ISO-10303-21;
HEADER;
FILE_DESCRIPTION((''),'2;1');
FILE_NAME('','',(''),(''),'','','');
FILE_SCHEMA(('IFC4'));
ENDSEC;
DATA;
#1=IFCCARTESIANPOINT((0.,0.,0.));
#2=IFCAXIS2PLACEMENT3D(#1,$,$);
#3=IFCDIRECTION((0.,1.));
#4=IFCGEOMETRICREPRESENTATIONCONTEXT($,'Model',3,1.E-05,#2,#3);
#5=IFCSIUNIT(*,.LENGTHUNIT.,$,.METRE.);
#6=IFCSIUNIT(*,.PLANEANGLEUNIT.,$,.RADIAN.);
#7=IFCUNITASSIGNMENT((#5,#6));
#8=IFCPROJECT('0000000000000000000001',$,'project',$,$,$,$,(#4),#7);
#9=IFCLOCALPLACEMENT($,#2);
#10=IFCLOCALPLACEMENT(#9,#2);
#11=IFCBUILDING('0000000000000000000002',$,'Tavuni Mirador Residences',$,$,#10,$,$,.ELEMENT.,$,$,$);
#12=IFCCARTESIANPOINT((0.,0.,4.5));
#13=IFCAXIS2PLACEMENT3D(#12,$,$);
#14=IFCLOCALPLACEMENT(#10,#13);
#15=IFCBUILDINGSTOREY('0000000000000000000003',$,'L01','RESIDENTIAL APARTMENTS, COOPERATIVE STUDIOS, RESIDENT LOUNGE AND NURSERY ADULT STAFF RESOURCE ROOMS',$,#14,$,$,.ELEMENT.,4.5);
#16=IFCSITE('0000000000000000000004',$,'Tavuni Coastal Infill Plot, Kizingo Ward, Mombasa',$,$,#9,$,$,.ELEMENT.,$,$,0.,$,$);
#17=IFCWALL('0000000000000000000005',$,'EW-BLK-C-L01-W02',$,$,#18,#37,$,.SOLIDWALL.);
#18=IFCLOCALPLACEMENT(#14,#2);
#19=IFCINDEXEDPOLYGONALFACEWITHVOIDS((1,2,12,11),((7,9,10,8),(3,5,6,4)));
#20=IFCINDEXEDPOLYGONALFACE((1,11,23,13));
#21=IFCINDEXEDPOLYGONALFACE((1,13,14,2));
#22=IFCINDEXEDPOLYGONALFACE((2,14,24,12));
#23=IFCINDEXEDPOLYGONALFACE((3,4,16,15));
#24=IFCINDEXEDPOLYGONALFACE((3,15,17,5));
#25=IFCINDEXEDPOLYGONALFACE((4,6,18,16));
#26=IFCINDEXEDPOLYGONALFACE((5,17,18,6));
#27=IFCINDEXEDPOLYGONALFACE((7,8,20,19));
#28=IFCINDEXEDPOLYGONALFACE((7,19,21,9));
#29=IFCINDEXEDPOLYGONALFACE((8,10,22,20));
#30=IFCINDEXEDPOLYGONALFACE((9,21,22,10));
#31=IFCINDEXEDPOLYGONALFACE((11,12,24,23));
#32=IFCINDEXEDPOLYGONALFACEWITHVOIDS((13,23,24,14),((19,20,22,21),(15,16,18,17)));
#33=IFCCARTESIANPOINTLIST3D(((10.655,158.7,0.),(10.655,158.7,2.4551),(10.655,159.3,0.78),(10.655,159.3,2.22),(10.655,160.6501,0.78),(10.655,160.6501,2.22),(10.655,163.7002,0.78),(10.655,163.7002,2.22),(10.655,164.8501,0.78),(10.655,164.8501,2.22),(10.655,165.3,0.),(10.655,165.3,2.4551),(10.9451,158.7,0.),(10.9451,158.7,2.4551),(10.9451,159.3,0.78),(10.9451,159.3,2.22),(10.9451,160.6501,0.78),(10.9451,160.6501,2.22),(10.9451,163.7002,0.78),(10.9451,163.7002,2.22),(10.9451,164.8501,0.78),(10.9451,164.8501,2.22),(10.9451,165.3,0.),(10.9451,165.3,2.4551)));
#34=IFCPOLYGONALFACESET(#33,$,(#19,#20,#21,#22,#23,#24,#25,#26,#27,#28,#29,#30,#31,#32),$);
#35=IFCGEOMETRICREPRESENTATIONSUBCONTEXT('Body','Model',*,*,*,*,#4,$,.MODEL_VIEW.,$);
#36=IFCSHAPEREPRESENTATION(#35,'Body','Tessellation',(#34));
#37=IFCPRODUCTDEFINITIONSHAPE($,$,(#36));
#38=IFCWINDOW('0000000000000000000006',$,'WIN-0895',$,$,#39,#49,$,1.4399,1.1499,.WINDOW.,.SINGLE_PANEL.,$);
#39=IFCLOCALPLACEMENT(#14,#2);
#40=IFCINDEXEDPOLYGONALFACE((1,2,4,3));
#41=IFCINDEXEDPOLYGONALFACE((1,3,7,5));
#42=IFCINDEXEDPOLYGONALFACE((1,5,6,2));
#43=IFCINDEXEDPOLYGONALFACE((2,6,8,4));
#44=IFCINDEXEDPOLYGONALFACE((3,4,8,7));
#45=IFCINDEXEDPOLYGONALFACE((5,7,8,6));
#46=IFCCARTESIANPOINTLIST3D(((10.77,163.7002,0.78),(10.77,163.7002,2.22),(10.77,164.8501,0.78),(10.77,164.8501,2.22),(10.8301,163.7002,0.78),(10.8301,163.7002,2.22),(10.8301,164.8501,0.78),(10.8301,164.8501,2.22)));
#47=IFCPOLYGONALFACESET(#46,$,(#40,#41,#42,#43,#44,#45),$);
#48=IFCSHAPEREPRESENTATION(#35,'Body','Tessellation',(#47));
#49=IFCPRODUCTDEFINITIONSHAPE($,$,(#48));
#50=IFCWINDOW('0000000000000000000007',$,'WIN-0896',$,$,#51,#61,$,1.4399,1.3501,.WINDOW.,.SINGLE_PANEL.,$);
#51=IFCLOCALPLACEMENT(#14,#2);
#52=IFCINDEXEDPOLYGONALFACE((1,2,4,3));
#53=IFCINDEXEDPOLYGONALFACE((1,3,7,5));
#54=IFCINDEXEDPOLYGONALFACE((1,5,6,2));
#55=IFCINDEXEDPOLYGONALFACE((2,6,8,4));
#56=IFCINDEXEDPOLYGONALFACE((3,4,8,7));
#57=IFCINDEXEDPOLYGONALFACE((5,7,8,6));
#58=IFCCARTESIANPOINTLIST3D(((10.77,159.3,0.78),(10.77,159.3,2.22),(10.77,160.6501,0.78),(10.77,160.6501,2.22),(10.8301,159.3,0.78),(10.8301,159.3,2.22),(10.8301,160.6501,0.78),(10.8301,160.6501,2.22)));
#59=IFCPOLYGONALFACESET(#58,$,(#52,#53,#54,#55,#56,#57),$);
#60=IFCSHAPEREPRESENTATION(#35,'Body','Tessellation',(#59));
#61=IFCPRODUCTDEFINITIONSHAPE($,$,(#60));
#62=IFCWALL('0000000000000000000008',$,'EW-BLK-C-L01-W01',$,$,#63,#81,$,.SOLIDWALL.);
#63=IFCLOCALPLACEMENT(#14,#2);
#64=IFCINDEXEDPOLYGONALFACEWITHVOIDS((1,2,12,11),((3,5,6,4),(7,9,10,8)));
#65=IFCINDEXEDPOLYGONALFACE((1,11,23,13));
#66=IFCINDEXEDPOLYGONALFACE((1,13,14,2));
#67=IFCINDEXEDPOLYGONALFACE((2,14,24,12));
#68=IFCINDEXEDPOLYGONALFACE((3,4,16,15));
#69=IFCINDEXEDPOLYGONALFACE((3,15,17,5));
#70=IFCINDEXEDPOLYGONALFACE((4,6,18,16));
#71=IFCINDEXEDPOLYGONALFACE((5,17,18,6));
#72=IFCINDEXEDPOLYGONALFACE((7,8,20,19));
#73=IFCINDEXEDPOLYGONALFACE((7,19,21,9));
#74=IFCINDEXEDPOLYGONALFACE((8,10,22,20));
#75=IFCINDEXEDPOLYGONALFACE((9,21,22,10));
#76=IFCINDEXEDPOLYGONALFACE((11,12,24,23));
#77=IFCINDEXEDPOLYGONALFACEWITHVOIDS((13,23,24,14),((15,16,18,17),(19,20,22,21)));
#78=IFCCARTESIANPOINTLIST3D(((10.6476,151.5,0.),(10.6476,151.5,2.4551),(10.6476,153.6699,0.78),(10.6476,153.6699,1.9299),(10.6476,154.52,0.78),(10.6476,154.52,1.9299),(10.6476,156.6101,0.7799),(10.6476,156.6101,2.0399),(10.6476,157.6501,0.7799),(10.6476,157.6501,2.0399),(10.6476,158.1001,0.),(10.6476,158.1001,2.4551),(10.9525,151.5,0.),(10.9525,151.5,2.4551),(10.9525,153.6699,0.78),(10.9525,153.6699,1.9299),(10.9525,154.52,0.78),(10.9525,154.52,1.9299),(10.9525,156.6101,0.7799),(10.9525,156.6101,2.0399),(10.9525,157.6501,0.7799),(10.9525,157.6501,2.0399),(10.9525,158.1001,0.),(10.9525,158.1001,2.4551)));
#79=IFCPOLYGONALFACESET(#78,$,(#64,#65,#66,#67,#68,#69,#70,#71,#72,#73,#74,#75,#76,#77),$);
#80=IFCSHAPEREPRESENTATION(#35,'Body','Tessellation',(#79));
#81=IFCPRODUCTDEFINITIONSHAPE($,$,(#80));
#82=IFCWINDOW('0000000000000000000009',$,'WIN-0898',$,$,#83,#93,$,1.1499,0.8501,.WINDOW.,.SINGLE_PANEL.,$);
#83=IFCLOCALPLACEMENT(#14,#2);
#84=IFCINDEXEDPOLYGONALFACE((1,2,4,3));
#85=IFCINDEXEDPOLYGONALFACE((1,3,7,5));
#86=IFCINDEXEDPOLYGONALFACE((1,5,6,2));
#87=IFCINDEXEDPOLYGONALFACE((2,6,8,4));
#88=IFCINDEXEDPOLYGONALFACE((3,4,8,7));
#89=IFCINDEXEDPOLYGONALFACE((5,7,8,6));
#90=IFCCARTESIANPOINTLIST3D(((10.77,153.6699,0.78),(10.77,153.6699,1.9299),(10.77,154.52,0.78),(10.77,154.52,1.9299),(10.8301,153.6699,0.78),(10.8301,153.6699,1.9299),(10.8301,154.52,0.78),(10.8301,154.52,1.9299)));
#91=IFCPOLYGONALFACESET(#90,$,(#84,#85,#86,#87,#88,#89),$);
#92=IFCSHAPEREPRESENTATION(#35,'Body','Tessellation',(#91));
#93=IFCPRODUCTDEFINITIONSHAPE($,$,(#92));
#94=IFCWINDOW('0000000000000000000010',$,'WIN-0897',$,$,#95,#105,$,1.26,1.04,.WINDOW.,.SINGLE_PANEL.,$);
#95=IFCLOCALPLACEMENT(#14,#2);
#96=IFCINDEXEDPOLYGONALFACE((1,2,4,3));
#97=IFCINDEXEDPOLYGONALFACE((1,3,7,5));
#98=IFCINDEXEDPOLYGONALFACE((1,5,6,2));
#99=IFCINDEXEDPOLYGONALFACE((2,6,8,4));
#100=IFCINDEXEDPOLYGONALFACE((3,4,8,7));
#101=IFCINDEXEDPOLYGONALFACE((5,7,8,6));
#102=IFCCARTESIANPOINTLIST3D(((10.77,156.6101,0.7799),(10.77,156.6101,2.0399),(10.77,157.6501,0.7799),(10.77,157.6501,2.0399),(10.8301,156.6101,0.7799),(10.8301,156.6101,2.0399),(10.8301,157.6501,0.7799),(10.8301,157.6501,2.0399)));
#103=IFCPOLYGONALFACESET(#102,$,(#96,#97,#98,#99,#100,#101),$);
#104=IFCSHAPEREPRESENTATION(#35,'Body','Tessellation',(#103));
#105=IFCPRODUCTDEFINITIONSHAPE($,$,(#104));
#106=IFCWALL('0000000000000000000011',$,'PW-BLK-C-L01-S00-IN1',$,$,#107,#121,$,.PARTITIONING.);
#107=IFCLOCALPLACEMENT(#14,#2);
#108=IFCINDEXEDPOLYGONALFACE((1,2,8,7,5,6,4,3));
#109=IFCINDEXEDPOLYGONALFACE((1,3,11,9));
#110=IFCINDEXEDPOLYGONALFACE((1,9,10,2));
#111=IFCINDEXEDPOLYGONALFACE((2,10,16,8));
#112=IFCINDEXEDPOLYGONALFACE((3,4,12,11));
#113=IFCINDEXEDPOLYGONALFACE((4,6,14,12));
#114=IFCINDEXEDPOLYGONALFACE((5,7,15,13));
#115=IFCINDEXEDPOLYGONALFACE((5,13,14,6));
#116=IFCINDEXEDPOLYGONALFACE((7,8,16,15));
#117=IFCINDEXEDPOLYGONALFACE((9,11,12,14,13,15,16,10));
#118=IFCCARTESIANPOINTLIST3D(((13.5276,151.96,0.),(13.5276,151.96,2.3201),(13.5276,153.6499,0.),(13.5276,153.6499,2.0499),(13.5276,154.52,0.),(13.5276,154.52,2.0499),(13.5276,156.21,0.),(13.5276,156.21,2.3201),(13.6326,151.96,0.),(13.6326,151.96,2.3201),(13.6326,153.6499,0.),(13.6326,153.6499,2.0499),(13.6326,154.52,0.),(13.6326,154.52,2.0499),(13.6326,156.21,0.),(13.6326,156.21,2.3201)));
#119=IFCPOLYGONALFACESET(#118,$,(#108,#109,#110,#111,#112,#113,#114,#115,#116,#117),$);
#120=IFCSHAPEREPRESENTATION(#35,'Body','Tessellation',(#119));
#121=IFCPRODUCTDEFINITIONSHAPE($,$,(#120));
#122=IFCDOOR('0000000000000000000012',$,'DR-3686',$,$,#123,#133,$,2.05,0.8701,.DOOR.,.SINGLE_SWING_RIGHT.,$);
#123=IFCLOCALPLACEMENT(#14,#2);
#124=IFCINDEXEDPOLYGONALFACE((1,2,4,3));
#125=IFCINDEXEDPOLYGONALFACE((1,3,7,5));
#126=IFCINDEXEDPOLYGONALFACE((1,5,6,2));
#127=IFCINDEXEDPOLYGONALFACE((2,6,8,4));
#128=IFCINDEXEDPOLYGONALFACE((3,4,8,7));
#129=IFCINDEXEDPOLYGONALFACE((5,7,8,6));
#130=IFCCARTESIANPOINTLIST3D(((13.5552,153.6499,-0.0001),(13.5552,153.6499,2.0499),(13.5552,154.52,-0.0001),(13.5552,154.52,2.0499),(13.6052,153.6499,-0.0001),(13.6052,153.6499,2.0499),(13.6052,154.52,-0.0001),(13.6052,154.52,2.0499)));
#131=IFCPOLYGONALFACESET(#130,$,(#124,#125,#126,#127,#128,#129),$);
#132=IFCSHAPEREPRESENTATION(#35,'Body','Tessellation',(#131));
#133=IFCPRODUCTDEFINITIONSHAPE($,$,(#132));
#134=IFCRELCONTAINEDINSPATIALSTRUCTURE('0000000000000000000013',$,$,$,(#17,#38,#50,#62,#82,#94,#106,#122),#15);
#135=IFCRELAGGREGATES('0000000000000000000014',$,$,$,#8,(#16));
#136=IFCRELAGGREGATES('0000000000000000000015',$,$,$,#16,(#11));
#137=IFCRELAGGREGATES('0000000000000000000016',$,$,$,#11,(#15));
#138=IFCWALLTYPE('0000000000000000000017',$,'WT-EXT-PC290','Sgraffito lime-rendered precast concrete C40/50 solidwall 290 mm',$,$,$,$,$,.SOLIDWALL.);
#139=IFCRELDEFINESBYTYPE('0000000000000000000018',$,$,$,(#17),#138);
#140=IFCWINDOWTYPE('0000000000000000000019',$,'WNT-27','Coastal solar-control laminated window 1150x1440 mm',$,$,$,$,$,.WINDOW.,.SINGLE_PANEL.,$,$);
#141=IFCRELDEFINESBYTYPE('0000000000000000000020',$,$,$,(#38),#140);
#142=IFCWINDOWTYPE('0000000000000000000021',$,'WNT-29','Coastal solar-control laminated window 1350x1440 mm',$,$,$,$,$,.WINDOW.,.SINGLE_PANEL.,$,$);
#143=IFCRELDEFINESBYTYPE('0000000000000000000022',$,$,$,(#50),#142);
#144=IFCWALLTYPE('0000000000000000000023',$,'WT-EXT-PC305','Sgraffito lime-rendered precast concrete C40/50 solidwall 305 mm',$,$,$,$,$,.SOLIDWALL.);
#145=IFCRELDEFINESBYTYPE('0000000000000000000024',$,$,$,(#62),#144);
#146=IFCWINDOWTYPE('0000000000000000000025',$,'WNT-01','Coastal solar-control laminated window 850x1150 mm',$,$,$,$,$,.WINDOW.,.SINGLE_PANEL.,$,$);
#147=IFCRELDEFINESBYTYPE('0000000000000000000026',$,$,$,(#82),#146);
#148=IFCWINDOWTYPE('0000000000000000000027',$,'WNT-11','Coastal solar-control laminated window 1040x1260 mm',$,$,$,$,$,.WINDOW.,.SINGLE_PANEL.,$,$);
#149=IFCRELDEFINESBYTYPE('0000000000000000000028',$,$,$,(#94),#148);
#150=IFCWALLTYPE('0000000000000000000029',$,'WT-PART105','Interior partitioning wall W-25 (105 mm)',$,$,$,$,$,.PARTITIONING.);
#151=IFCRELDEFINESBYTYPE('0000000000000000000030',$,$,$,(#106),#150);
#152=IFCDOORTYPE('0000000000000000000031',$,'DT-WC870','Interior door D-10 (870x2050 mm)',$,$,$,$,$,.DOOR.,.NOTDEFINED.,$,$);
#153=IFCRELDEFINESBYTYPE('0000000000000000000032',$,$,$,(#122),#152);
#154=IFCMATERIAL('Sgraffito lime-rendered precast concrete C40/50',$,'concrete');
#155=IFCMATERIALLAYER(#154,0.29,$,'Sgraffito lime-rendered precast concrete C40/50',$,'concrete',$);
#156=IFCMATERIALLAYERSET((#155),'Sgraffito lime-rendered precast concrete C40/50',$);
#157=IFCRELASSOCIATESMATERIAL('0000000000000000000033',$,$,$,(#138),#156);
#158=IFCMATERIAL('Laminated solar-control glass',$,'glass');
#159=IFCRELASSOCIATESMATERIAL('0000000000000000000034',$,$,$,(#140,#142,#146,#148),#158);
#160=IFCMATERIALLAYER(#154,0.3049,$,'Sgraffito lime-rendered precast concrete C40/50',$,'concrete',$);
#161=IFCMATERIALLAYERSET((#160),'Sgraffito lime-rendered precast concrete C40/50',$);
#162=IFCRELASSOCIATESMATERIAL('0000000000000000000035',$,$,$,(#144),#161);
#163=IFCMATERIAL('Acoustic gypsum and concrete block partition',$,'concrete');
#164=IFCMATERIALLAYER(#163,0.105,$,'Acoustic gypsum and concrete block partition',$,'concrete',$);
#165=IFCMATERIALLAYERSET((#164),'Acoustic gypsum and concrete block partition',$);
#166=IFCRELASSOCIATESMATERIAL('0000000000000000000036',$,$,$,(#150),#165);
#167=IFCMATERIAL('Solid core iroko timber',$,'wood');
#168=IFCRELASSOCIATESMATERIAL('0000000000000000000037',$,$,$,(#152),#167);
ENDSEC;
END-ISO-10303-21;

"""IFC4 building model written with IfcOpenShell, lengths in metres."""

from ifc_helpers import new_model, si_unit, direction, frame, frame_2d, origin, place, context, subcontext, project, spatial, rectangle, extrude, material, layer, layer_set, type_object, element, fill, save


model = new_model("IFC4")

# Units and contexts
model_context = context("Model", 3, precision=1e-05, world=origin(), true_north=direction((0.0, 1.0)))
body_context = subcontext(model_context, "Body", "Model", "MODEL_VIEW")
ifc_project = project(units=[si_unit("LENGTHUNIT", "METRE"), si_unit("PLANEANGLEUNIT", "RADIAN")], contexts=[model_context])

# Site, building, storey
site_placement = place(None, origin())
site = spatial("IfcSite", under=ifc_project, at=site_placement, Name="Tavuni Coastal Infill Plot, Kizingo Ward, Mombasa", CompositionType="ELEMENT", RefElevation=0.0)
building_placement = place(site_placement, origin())
building = spatial("IfcBuilding", under=site, at=building_placement, Name="Tavuni Mirador Residences", CompositionType="ELEMENT")
storey_placement = place(building_placement, frame((0.0, 0.0, 4.5)))
storey = spatial("IfcBuildingStorey", under=building, at=storey_placement, Name="L01", Description="RESIDENTIAL APARTMENTS, COOPERATIVE STUDIOS, RESIDENT LOUNGE AND NURSERY ADULT STAFF RESOURCE ROOMS", CompositionType="ELEMENT", Elevation=4.5)

# Shared definitions
ifc_material_1 = material(Name="Solid core iroko timber", Category="wood")

# Walls, openings, windows
ifc_material_2 = material(Name="Sgraffito lime-rendered precast concrete C40/50", Category="concrete")
ifc_layer_1 = layer(ifc_material_2, 0.29, Name="Sgraffito lime-rendered precast concrete C40/50", Category="concrete")
ifc_layer_set_1 = layer_set([ifc_layer_1], Name="Sgraffito lime-rendered precast concrete C40/50")
wall_type_1 = type_object("IfcWallType", Name="WT-EXT-PC290", Description="Sgraffito lime-rendered precast concrete C40/50 solidwall 290 mm", PredefinedType="SOLIDWALL", material=ifc_layer_set_1)
wall_1_placement = place(storey_placement, frame((10.8, 165.3, 0.0), z_axis=(0.0, 0.0, 1.0), x_axis=(0.0, -1.0, 0.0)))
wall_1 = element("IfcWall", 1, at=wall_1_placement, inside=storey, type_object=wall_type_1, Name="EW-BLK-C-L01-W02", PredefinedType="SOLIDWALL", context=body_context, shape_type="SweptSolid", body=[
    extrude(rectangle(XDim=6.6001, YDim=0.29, at=frame_2d((3.3, 0.0))), origin(), (0.0, 0.0, 1.0), 2.4551),
])
opening_1_placement = place(wall_1_placement, frame((0.45, 0.0, 0.78)))
opening_1 = element("IfcOpeningElement", 2, at=opening_1_placement, cuts=wall_1, PredefinedType="OPENING", context=body_context, shape_type="SweptSolid", body=[
    extrude(rectangle(XDim=1.1499, YDim=1.4399, at=frame_2d((0.575, 0.72))), frame((0.0, 0.155, 0.0), z_axis=(0.0, -1.0, 0.0), x_axis=(1.0, 0.0, 0.0)), (0.0, 0.0, 1.0), 0.3101),
])
opening_2_placement = place(wall_1_placement, frame((4.6499, 0.0, 0.78)))
opening_2 = element("IfcOpeningElement", 3, at=opening_2_placement, cuts=wall_1, PredefinedType="OPENING", context=body_context, shape_type="SweptSolid", body=[
    extrude(rectangle(XDim=1.3501, YDim=1.4399, at=frame_2d((0.675, 0.72))), frame((0.0, 0.155, 0.0), z_axis=(0.0, -1.0, 0.0), x_axis=(1.0, 0.0, 0.0)), (0.0, 0.0, 1.0), 0.3101),
])
ifc_material_3 = material(Name="Laminated solar-control glass", Category="glass")
window_type_1 = type_object("IfcWindowType", Name="WNT-27", Description="Coastal solar-control laminated window 1150x1440 mm", PartitioningType="SINGLE_PANEL", PredefinedType="WINDOW", material=ifc_material_3)
window_1_placement = place(opening_1_placement, origin())
window_1 = element("IfcWindow", 4, at=window_1_placement, inside=storey, type_object=window_type_1, Name="WIN-0895", OverallHeight=1.4399, OverallWidth=1.1499, PartitioningType="SINGLE_PANEL", PredefinedType="WINDOW", context=body_context, shape_type="SweptSolid", body=[
    extrude(rectangle(XDim=1.1499, YDim=1.4399, at=frame_2d((0.575, 0.72))), frame((0.0, 0.03, 0.0), z_axis=(0.0, -1.0, 0.0), x_axis=(1.0, 0.0, 0.0)), (0.0, 0.0, 1.0), 0.0601),
])
fill(opening_1, window_1)
window_type_2 = type_object("IfcWindowType", Name="WNT-29", Description="Coastal solar-control laminated window 1350x1440 mm", PartitioningType="SINGLE_PANEL", PredefinedType="WINDOW", material=ifc_material_3)
window_2_placement = place(opening_2_placement, origin())
window_2 = element("IfcWindow", 5, at=window_2_placement, inside=storey, type_object=window_type_2, Name="WIN-0896", OverallHeight=1.4399, OverallWidth=1.3501, PartitioningType="SINGLE_PANEL", PredefinedType="WINDOW", context=body_context, shape_type="SweptSolid", body=[
    extrude(rectangle(XDim=1.3501, YDim=1.4399, at=frame_2d((0.675, 0.72))), frame((0.0, 0.03, 0.0), z_axis=(0.0, -1.0, 0.0), x_axis=(1.0, 0.0, 0.0)), (0.0, 0.0, 1.0), 0.0601),
])
fill(opening_2, window_2)
ifc_layer_2 = layer(ifc_material_2, 0.3049, Name="Sgraffito lime-rendered precast concrete C40/50", Category="concrete")
ifc_layer_set_2 = layer_set([ifc_layer_2], Name="Sgraffito lime-rendered precast concrete C40/50")
wall_type_2 = type_object("IfcWallType", Name="WT-EXT-PC305", Description="Sgraffito lime-rendered precast concrete C40/50 solidwall 305 mm", PredefinedType="SOLIDWALL", material=ifc_layer_set_2)
wall_2_placement = place(storey_placement, frame((10.8, 158.1001, 0.0), z_axis=(0.0, 0.0, 1.0), x_axis=(0.0, -1.0, 0.0)))
wall_2 = element("IfcWall", 6, at=wall_2_placement, inside=storey, type_object=wall_type_2, Name="EW-BLK-C-L01-W01", PredefinedType="SOLIDWALL", context=body_context, shape_type="SweptSolid", body=[
    extrude(rectangle(XDim=6.6001, YDim=0.3049, at=frame_2d((3.3, 0.0))), origin(), (0.0, 0.0, 1.0), 2.4551),
])
opening_3_placement = place(wall_2_placement, frame((0.45, 0.0, 0.78)))
opening_3 = element("IfcOpeningElement", 7, at=opening_3_placement, cuts=wall_2, PredefinedType="OPENING", context=body_context, shape_type="SweptSolid", body=[
    extrude(rectangle(XDim=1.04, YDim=1.26, at=frame_2d((0.52, 0.6299))), frame((0.0, 0.1626, 0.0), z_axis=(0.0, -1.0, 0.0), x_axis=(1.0, 0.0, 0.0)), (0.0, 0.0, 1.0), 0.325),
])
opening_4_placement = place(wall_2_placement, frame((3.5801, 0.0, 0.78)))
opening_4 = element("IfcOpeningElement", 8, at=opening_4_placement, cuts=wall_2, PredefinedType="OPENING", context=body_context, shape_type="SweptSolid", body=[
    extrude(rectangle(XDim=0.8501, YDim=1.1499, at=frame_2d((0.425, 0.575))), frame((0.0, 0.1626, 0.0), z_axis=(0.0, -1.0, 0.0), x_axis=(1.0, 0.0, 0.0)), (0.0, 0.0, 1.0), 0.325),
])
window_type_3 = type_object("IfcWindowType", Name="WNT-01", Description="Coastal solar-control laminated window 850x1150 mm", PartitioningType="SINGLE_PANEL", PredefinedType="WINDOW", material=ifc_material_3)
window_3_placement = place(opening_4_placement, origin())
window_3 = element("IfcWindow", 9, at=window_3_placement, inside=storey, type_object=window_type_3, Name="WIN-0898", OverallHeight=1.1499, OverallWidth=0.8501, PartitioningType="SINGLE_PANEL", PredefinedType="WINDOW", context=body_context, shape_type="SweptSolid", body=[
    extrude(rectangle(XDim=0.8501, YDim=1.1499, at=frame_2d((0.425, 0.575))), frame((0.0, 0.03, 0.0), z_axis=(0.0, -1.0, 0.0), x_axis=(1.0, 0.0, 0.0)), (0.0, 0.0, 1.0), 0.0601),
])
fill(opening_4, window_3)
window_type_4 = type_object("IfcWindowType", Name="WNT-11", Description="Coastal solar-control laminated window 1040x1260 mm", PartitioningType="SINGLE_PANEL", PredefinedType="WINDOW", material=ifc_material_3)
window_4_placement = place(opening_3_placement, origin())
window_4 = element("IfcWindow", 10, at=window_4_placement, inside=storey, type_object=window_type_4, Name="WIN-0897", OverallHeight=1.26, OverallWidth=1.04, PartitioningType="SINGLE_PANEL", PredefinedType="WINDOW", context=body_context, shape_type="SweptSolid", body=[
    extrude(rectangle(XDim=1.04, YDim=1.26, at=frame_2d((0.52, 0.6299))), frame((0.0, 0.03, 0.0), z_axis=(0.0, -1.0, 0.0), x_axis=(1.0, 0.0, 0.0)), (0.0, 0.0, 1.0), 0.0601),
])
fill(opening_3, window_4)

# Wall, opening, door
ifc_material_4 = material(Name="Acoustic gypsum and concrete block partition", Category="concrete")
ifc_layer_3 = layer(ifc_material_4, 0.105, Name="Acoustic gypsum and concrete block partition", Category="concrete")
ifc_layer_set_3 = layer_set([ifc_layer_3], Name="Acoustic gypsum and concrete block partition")
wall_type_3 = type_object("IfcWallType", Name="WT-PART105", Description="Interior partitioning wall W-25 (105 mm)", PredefinedType="PARTITIONING", material=ifc_layer_set_3)
wall_3_placement = place(storey_placement, frame((13.5801, 151.96, 0.0), z_axis=(0.0, 0.0, 1.0), x_axis=(0.0, 1.0, 0.0)))
wall_3 = element("IfcWall", 11, at=wall_3_placement, inside=storey, type_object=wall_type_3, Name="PW-BLK-C-L01-S00-IN1", PredefinedType="PARTITIONING", context=body_context, shape_type="SweptSolid", body=[
    extrude(rectangle(XDim=4.25, YDim=0.105, at=frame_2d((2.125, 0.0))), origin(), (0.0, 0.0, 1.0), 2.3201),
])
opening_5_placement = place(wall_3_placement, frame((1.6899, 0.0, 0.0)))
opening_5 = element("IfcOpeningElement", 12, at=opening_5_placement, cuts=wall_3, PredefinedType="OPENING", context=body_context, shape_type="SweptSolid", body=[
    extrude(rectangle(XDim=0.8701, YDim=2.05, at=frame_2d((0.4351, 1.0249))), frame((0.0, 0.0625, 0.0), z_axis=(0.0, -1.0, 0.0), x_axis=(1.0, 0.0, 0.0)), (0.0, 0.0, 1.0), 0.125),
])
door_type_1 = type_object("IfcDoorType", Name="DT-WC870", Description="Interior door D-10 (870x2050 mm)", OperationType="NOTDEFINED", PredefinedType="DOOR", material=ifc_material_1)
door_1_placement = place(opening_5_placement, origin())
door_1 = element("IfcDoor", 13, at=door_1_placement, inside=storey, type_object=door_type_1, Name="DR-3686", OperationType="SINGLE_SWING_RIGHT", OverallHeight=2.05, OverallWidth=0.8701, PredefinedType="DOOR", context=body_context, shape_type="SweptSolid", body=[
    extrude(rectangle(XDim=0.8701, YDim=2.05, at=frame_2d((0.4351, 1.0249))), frame((0.0, 0.0249, 0.0), z_axis=(0.0, -1.0, 0.0), x_axis=(1.0, 0.0, 0.0)), (0.0, 0.0, 1.0), 0.05),
])
fill(opening_5, door_1)

save(model, "model.ifc")
